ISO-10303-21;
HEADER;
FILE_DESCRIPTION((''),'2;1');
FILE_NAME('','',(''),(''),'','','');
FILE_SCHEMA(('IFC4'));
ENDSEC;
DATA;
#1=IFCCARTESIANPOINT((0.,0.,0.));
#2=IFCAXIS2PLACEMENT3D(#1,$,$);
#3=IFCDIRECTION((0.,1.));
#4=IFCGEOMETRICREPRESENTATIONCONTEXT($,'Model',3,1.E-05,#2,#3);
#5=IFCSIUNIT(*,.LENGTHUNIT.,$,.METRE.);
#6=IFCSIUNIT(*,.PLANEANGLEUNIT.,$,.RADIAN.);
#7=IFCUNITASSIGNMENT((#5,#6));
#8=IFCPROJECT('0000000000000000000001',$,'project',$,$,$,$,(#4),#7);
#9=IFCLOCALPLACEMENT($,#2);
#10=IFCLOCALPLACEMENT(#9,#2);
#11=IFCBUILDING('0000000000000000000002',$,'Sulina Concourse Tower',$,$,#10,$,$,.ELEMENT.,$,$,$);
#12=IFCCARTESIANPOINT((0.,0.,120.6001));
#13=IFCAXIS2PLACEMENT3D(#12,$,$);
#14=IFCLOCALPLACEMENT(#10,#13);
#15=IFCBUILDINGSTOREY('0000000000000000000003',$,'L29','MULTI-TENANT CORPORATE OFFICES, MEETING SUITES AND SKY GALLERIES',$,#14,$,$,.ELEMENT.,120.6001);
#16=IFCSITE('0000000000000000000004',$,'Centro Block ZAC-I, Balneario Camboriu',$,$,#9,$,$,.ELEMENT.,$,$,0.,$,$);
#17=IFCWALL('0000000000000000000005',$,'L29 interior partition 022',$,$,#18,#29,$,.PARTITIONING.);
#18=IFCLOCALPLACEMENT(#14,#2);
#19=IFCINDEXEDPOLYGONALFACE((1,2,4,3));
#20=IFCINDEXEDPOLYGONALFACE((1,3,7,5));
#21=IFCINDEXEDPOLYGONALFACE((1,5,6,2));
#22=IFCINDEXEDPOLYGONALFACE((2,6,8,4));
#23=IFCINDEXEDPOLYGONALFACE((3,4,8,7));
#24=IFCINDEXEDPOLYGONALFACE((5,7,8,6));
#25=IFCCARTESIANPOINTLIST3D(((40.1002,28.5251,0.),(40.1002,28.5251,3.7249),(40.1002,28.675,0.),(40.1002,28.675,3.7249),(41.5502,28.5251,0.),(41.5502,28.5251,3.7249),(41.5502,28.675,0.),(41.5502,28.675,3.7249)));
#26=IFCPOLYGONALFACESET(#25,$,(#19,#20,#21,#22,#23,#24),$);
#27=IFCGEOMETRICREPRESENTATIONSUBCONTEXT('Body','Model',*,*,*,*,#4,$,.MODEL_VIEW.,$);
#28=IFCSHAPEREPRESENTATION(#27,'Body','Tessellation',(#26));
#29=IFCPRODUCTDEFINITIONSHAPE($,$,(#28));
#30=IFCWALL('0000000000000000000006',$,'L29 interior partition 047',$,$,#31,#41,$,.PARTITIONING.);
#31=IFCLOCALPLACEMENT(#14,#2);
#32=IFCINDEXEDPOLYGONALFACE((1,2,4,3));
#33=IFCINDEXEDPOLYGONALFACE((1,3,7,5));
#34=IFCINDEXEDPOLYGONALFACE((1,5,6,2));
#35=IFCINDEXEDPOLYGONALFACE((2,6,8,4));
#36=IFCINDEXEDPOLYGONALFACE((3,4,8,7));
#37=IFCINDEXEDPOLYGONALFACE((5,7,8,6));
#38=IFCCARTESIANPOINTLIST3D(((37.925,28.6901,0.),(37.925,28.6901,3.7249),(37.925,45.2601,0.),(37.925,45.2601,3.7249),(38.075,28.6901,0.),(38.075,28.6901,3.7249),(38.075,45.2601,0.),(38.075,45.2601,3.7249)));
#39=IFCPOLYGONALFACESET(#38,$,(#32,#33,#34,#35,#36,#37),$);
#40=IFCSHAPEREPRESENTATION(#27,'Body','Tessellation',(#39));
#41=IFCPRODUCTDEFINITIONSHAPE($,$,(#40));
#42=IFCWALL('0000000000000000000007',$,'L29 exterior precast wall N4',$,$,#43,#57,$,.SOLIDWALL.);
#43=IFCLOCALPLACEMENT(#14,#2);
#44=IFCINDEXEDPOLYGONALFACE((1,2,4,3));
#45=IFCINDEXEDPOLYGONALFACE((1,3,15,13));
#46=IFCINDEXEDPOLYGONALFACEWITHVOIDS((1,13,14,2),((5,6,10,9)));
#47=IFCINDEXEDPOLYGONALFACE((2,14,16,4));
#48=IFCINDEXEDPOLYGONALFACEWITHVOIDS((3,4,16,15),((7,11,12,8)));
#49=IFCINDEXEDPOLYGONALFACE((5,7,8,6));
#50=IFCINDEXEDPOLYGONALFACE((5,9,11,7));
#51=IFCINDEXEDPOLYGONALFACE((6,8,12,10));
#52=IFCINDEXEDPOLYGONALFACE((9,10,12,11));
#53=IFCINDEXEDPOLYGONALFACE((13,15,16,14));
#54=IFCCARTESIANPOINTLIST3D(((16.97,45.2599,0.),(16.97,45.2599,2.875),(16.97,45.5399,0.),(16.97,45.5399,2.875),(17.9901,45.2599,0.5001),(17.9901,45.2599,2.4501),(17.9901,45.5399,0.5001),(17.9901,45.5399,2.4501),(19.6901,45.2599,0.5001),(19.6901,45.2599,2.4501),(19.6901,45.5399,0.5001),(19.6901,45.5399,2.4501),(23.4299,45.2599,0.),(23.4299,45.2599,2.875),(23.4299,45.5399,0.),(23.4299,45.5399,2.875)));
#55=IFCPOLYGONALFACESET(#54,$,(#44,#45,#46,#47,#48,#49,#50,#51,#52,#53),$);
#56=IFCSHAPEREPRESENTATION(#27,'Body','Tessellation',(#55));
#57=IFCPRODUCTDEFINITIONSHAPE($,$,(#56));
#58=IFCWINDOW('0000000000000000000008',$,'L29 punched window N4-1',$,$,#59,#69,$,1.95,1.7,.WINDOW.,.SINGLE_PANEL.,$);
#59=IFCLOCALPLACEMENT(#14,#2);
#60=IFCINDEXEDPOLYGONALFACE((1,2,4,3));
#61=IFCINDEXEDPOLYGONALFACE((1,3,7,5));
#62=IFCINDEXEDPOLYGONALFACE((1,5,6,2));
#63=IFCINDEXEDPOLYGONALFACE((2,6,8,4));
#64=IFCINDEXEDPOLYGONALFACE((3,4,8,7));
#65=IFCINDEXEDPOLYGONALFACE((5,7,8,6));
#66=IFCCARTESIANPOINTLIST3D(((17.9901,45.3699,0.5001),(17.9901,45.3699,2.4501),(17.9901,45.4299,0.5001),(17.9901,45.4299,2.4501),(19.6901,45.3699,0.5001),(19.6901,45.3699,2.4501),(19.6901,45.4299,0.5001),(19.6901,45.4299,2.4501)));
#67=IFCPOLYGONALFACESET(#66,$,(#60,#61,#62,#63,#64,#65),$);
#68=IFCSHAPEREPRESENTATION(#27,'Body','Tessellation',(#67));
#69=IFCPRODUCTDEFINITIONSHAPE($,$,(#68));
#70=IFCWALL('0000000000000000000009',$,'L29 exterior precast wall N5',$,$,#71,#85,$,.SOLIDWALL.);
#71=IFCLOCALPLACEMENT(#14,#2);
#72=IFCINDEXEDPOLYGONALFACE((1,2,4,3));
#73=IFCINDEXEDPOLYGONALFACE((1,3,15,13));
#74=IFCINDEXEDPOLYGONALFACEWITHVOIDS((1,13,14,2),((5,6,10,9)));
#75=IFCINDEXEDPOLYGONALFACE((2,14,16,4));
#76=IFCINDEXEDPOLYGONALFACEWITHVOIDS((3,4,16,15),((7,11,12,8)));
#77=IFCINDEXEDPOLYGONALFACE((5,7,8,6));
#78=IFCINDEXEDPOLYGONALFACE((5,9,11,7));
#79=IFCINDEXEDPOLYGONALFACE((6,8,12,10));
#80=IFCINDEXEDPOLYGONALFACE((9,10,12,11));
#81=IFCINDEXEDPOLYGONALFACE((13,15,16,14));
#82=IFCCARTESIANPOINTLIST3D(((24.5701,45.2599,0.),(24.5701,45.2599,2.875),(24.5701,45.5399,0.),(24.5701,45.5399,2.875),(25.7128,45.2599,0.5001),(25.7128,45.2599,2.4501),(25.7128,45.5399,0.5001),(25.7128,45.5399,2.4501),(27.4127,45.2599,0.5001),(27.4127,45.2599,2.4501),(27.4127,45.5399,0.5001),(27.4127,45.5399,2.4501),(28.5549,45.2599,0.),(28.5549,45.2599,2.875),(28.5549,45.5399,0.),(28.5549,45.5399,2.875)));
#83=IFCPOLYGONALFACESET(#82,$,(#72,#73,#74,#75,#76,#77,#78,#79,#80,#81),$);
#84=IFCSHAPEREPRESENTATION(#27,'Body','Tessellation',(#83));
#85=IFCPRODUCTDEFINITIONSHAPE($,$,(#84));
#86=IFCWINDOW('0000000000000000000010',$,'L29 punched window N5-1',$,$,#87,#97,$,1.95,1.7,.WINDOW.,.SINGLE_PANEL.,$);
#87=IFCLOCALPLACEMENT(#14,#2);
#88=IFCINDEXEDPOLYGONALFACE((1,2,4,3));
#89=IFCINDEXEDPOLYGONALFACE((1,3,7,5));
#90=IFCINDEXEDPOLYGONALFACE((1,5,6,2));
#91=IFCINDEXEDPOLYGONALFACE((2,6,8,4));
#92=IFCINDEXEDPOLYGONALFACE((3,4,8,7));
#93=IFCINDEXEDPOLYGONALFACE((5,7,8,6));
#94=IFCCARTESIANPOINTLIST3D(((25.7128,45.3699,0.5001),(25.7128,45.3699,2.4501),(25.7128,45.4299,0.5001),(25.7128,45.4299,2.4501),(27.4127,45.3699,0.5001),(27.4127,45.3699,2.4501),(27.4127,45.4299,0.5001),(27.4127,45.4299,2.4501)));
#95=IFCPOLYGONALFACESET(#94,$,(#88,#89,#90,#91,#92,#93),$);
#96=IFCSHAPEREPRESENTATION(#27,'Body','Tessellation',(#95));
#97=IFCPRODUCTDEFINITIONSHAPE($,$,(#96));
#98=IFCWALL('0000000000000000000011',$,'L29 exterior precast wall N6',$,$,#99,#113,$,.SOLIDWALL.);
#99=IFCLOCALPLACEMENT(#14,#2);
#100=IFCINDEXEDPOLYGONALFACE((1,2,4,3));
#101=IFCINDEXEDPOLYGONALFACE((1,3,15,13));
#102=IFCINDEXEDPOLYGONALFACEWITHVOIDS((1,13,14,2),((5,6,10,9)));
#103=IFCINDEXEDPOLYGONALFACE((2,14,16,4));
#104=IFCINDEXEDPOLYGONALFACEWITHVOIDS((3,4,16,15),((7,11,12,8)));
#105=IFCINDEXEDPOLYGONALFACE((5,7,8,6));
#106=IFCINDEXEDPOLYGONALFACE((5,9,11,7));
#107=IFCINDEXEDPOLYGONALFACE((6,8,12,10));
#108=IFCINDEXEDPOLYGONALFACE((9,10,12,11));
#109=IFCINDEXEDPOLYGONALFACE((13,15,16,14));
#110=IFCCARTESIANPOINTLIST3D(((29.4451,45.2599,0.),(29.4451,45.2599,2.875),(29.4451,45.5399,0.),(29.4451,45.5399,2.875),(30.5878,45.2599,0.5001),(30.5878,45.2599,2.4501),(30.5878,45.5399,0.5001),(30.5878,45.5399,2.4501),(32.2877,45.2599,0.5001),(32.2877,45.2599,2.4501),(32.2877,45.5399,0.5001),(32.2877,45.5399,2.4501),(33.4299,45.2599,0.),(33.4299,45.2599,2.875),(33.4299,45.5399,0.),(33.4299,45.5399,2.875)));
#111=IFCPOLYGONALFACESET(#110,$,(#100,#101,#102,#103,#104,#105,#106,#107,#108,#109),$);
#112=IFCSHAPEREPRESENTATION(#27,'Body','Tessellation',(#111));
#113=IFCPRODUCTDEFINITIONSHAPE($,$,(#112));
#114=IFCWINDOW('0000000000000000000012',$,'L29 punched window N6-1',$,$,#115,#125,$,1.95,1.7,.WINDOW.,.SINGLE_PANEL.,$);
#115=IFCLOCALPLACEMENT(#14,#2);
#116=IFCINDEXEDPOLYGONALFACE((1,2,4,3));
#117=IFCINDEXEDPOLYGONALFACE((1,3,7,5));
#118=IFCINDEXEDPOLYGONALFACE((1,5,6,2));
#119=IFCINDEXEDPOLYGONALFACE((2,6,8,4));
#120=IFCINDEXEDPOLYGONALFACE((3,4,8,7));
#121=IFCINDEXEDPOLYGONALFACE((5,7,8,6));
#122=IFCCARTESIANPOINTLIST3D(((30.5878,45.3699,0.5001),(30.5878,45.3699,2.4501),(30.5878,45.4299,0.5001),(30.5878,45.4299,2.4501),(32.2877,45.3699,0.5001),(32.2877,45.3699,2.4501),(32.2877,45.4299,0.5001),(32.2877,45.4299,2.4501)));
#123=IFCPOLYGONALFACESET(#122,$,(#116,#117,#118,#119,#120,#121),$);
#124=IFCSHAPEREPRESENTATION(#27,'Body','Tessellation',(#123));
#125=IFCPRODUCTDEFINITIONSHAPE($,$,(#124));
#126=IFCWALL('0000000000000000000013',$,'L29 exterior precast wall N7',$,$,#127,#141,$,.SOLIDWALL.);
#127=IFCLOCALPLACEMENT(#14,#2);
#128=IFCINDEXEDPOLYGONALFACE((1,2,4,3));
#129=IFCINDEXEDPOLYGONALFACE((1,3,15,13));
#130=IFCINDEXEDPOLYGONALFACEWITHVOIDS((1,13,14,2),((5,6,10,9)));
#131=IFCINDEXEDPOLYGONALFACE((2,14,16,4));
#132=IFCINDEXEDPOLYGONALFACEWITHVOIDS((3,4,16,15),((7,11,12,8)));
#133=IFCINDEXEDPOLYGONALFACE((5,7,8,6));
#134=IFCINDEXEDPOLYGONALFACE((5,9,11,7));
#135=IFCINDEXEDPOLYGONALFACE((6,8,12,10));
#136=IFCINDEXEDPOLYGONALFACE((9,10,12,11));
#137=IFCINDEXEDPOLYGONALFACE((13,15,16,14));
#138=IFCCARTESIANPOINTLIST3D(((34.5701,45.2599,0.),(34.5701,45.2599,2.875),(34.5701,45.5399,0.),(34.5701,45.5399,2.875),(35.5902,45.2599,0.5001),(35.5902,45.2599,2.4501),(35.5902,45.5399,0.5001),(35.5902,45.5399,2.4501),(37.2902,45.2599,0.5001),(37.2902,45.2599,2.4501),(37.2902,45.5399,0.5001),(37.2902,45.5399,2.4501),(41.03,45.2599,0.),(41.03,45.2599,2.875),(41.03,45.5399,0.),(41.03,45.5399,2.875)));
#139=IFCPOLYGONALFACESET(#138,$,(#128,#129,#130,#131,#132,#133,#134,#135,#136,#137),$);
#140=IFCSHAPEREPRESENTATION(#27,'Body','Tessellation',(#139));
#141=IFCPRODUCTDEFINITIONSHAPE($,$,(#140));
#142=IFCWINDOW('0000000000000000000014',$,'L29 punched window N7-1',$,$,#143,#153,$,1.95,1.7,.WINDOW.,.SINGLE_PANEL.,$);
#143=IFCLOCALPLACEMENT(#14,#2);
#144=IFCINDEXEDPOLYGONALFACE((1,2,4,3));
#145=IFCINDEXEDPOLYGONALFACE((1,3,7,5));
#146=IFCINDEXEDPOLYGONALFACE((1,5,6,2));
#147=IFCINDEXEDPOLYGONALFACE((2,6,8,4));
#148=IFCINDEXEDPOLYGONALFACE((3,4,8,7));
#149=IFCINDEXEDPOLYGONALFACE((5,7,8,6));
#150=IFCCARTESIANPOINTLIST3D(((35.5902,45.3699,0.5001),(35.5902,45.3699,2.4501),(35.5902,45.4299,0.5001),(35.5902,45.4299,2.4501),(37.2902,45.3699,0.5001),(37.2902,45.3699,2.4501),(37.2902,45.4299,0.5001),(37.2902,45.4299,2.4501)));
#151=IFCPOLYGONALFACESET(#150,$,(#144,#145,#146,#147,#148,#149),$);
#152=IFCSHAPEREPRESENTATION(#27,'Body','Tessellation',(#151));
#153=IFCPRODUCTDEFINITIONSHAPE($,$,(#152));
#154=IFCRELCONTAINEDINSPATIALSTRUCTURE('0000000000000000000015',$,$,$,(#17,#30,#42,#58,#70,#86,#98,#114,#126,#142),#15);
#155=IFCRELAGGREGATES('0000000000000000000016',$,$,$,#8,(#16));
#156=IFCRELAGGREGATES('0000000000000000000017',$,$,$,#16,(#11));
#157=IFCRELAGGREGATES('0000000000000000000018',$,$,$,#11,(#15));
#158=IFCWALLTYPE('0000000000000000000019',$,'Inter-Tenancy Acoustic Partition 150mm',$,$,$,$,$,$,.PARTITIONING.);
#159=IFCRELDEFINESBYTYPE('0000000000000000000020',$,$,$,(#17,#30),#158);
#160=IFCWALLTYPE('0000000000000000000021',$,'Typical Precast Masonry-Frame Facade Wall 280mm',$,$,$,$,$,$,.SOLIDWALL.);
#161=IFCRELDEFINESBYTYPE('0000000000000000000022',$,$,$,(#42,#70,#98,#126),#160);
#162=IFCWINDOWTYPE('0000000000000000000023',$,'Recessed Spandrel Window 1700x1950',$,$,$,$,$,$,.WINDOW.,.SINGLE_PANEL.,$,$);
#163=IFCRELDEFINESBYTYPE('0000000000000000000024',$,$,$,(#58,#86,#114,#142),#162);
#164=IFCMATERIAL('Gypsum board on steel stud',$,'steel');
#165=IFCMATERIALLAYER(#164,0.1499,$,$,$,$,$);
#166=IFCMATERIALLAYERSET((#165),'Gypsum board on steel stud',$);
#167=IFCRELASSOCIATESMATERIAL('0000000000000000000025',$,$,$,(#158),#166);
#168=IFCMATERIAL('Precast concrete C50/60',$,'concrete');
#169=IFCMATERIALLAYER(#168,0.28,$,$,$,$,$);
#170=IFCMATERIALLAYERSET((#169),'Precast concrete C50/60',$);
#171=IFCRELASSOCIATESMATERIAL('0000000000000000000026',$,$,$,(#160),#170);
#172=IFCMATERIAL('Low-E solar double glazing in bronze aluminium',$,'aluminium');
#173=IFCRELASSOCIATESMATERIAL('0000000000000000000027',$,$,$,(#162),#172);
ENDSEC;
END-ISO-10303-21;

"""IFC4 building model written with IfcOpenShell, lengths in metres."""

from ifc_helpers import new_model, si_unit, direction, frame, frame_2d, origin, place, context, subcontext, project, spatial, rectangle, extrude, material, layer, layer_set, type_object, element, fill, save


model = new_model("IFC4")

# Units and contexts
model_context = context("Model", 3, precision=1e-05, world=origin(), true_north=direction((0.0, 1.0)))
body_context = subcontext(model_context, "Body", "Model", "MODEL_VIEW")
ifc_project = project(units=[si_unit("LENGTHUNIT", "METRE"), si_unit("PLANEANGLEUNIT", "RADIAN")], contexts=[model_context])

# Site, building, storey
site_placement = place(None, origin())
site = spatial("IfcSite", under=ifc_project, at=site_placement, Name="Centro Block ZAC-I, Balneario Camboriu", CompositionType="ELEMENT", RefElevation=0.0)
building_placement = place(site_placement, origin())
building = spatial("IfcBuilding", under=site, at=building_placement, Name="Sulina Concourse Tower", CompositionType="ELEMENT")
storey_placement = place(building_placement, frame((0.0, 0.0, 120.6001)))
storey = spatial("IfcBuildingStorey", under=building, at=storey_placement, Name="L29", Description="MULTI-TENANT CORPORATE OFFICES, MEETING SUITES AND SKY GALLERIES", CompositionType="ELEMENT", Elevation=120.6001)

# Walls
ifc_material_1 = material(Name="Gypsum board on steel stud", Category="steel")
ifc_layer_1 = layer(ifc_material_1, 0.1499)
ifc_layer_set_1 = layer_set([ifc_layer_1], Name="Gypsum board on steel stud")
wall_type_1 = type_object("IfcWallType", Name="Inter-Tenancy Acoustic Partition 150mm", PredefinedType="PARTITIONING", material=ifc_layer_set_1)
wall_1_placement = place(storey_placement, frame((40.1001, 28.6001, 0.0), z_axis=(0.0, 0.0, 1.0), x_axis=(1.0, 0.0, 0.0)))
element("IfcWall", 1, at=wall_1_placement, inside=storey, type_object=wall_type_1, Name="L29 interior partition 022", PredefinedType="PARTITIONING", context=body_context, shape_type="SweptSolid", body=[
    extrude(rectangle(XDim=1.45, YDim=0.1499, at=frame_2d((0.7251, 0.0))), origin(), (0.0, 0.0, 1.0), 3.7249),
])
wall_2_placement = place(storey_placement, frame((38.0, 28.6899, 0.0), z_axis=(0.0, 0.0, 1.0), x_axis=(0.0, 1.0, 0.0)))
element("IfcWall", 2, at=wall_2_placement, inside=storey, type_object=wall_type_1, Name="L29 interior partition 047", PredefinedType="PARTITIONING", context=body_context, shape_type="SweptSolid", body=[
    extrude(rectangle(XDim=16.5701, YDim=0.1499, at=frame_2d((8.2852, 0.0))), origin(), (0.0, 0.0, 1.0), 3.7249),
])

# Walls, openings, windows
ifc_material_2 = material(Name="Precast concrete C50/60", Category="concrete")
ifc_layer_2 = layer(ifc_material_2, 0.28)
ifc_layer_set_2 = layer_set([ifc_layer_2], Name="Precast concrete C50/60")
wall_type_2 = type_object("IfcWallType", Name="Typical Precast Masonry-Frame Facade Wall 280mm", PredefinedType="SOLIDWALL", material=ifc_layer_set_2)
wall_3_placement = place(storey_placement, frame((16.97, 45.3999, 0.0), z_axis=(0.0, 0.0, 1.0), x_axis=(1.0, 0.0, 0.0)))
wall_3 = element("IfcWall", 3, at=wall_3_placement, inside=storey, type_object=wall_type_2, Name="L29 exterior precast wall N4", PredefinedType="SOLIDWALL", context=body_context, shape_type="SweptSolid", body=[
    extrude(rectangle(XDim=6.46, YDim=0.28, at=frame_2d((3.23, 0.0))), origin(), (0.0, 0.0, 1.0), 2.875),
])
opening_1_placement = place(wall_3_placement, frame((1.02, 0.0, 0.5)))
opening_1 = element("IfcOpeningElement", 4, at=opening_1_placement, cuts=wall_3, PredefinedType="OPENING", context=body_context, shape_type="SweptSolid", body=[
    extrude(rectangle(XDim=1.7, YDim=1.95, at=frame_2d((0.8501, 0.9751))), frame((0.0, 0.1499, 0.0), z_axis=(0.0, -1.0, 0.0), x_axis=(1.0, 0.0, 0.0)), (0.0, 0.0, 1.0), 0.3),
])
ifc_material_3 = material(Name="Low-E solar double glazing in bronze aluminium", Category="aluminium")
window_type = type_object("IfcWindowType", Name="Recessed Spandrel Window 1700x1950", PartitioningType="SINGLE_PANEL", PredefinedType="WINDOW", material=ifc_material_3)
window_1_placement = place(opening_1_placement, origin())
window_1 = element("IfcWindow", 5, at=window_1_placement, inside=storey, type_object=window_type, Name="L29 punched window N4-1", OverallHeight=1.95, OverallWidth=1.7, PartitioningType="SINGLE_PANEL", PredefinedType="WINDOW", context=body_context, shape_type="SweptSolid", body=[
    extrude(rectangle(XDim=1.7, YDim=1.95, at=frame_2d((0.8501, 0.9751))), frame((0.0, 0.03, 0.0), z_axis=(0.0, -1.0, 0.0), x_axis=(1.0, 0.0, 0.0)), (0.0, 0.0, 1.0), 0.0601),
])
fill(opening_1, window_1)
wall_4_placement = place(storey_placement, frame((24.5701, 45.3999, 0.0), z_axis=(0.0, 0.0, 1.0), x_axis=(1.0, 0.0, 0.0)))
wall_4 = element("IfcWall", 6, at=wall_4_placement, inside=storey, type_object=wall_type_2, Name="L29 exterior precast wall N5", PredefinedType="SOLIDWALL", context=body_context, shape_type="SweptSolid", body=[
    extrude(rectangle(XDim=3.9849, YDim=0.28, at=frame_2d((1.9924, 0.0))), origin(), (0.0, 0.0, 1.0), 2.875),
])
opening_2_placement = place(wall_4_placement, frame((1.1426, 0.0, 0.5)))
opening_2 = element("IfcOpeningElement", 7, at=opening_2_placement, cuts=wall_4, PredefinedType="OPENING", context=body_context, shape_type="SweptSolid", body=[
    extrude(rectangle(XDim=1.7, YDim=1.95, at=frame_2d((0.8501, 0.9751))), frame((0.0, 0.1499, 0.0), z_axis=(0.0, -1.0, 0.0), x_axis=(1.0, 0.0, 0.0)), (0.0, 0.0, 1.0), 0.3),
])
window_2_placement = place(opening_2_placement, origin())
window_2 = element("IfcWindow", 8, at=window_2_placement, inside=storey, type_object=window_type, Name="L29 punched window N5-1", OverallHeight=1.95, OverallWidth=1.7, PartitioningType="SINGLE_PANEL", PredefinedType="WINDOW", context=body_context, shape_type="SweptSolid", body=[
    extrude(rectangle(XDim=1.7, YDim=1.95, at=frame_2d((0.8501, 0.9751))), frame((0.0, 0.03, 0.0), z_axis=(0.0, -1.0, 0.0), x_axis=(1.0, 0.0, 0.0)), (0.0, 0.0, 1.0), 0.0601),
])
fill(opening_2, window_2)
wall_5_placement = place(storey_placement, frame((29.4451, 45.3999, 0.0), z_axis=(0.0, 0.0, 1.0), x_axis=(1.0, 0.0, 0.0)))
wall_5 = element("IfcWall", 9, at=wall_5_placement, inside=storey, type_object=wall_type_2, Name="L29 exterior precast wall N6", PredefinedType="SOLIDWALL", context=body_context, shape_type="SweptSolid", body=[
    extrude(rectangle(XDim=3.9849, YDim=0.28, at=frame_2d((1.9924, 0.0))), origin(), (0.0, 0.0, 1.0), 2.875),
])
opening_3_placement = place(wall_5_placement, frame((1.1426, 0.0, 0.5)))
opening_3 = element("IfcOpeningElement", 10, at=opening_3_placement, cuts=wall_5, PredefinedType="OPENING", context=body_context, shape_type="SweptSolid", body=[
    extrude(rectangle(XDim=1.7, YDim=1.95, at=frame_2d((0.8501, 0.9751))), frame((0.0, 0.1499, 0.0), z_axis=(0.0, -1.0, 0.0), x_axis=(1.0, 0.0, 0.0)), (0.0, 0.0, 1.0), 0.3),
])
window_3_placement = place(opening_3_placement, origin())
window_3 = element("IfcWindow", 11, at=window_3_placement, inside=storey, type_object=window_type, Name="L29 punched window N6-1", OverallHeight=1.95, OverallWidth=1.7, PartitioningType="SINGLE_PANEL", PredefinedType="WINDOW", context=body_context, shape_type="SweptSolid", body=[
    extrude(rectangle(XDim=1.7, YDim=1.95, at=frame_2d((0.8501, 0.9751))), frame((0.0, 0.03, 0.0), z_axis=(0.0, -1.0, 0.0), x_axis=(1.0, 0.0, 0.0)), (0.0, 0.0, 1.0), 0.0601),
])
fill(opening_3, window_3)
wall_6_placement = place(storey_placement, frame((34.5701, 45.3999, 0.0), z_axis=(0.0, 0.0, 1.0), x_axis=(1.0, 0.0, 0.0)))
wall_6 = element("IfcWall", 12, at=wall_6_placement, inside=storey, type_object=wall_type_2, Name="L29 exterior precast wall N7", PredefinedType="SOLIDWALL", context=body_context, shape_type="SweptSolid", body=[
    extrude(rectangle(XDim=6.46, YDim=0.28, at=frame_2d((3.23, 0.0))), origin(), (0.0, 0.0, 1.0), 2.875),
])
opening_4_placement = place(wall_6_placement, frame((1.02, 0.0, 0.5)))
opening_4 = element("IfcOpeningElement", 13, at=opening_4_placement, cuts=wall_6, PredefinedType="OPENING", context=body_context, shape_type="SweptSolid", body=[
    extrude(rectangle(XDim=1.7, YDim=1.95, at=frame_2d((0.8501, 0.9751))), frame((0.0, 0.1499, 0.0), z_axis=(0.0, -1.0, 0.0), x_axis=(1.0, 0.0, 0.0)), (0.0, 0.0, 1.0), 0.3),
])
window_4_placement = place(opening_4_placement, origin())
window_4 = element("IfcWindow", 14, at=window_4_placement, inside=storey, type_object=window_type, Name="L29 punched window N7-1", OverallHeight=1.95, OverallWidth=1.7, PartitioningType="SINGLE_PANEL", PredefinedType="WINDOW", context=body_context, shape_type="SweptSolid", body=[
    extrude(rectangle(XDim=1.7, YDim=1.95, at=frame_2d((0.8501, 0.9751))), frame((0.0, 0.03, 0.0), z_axis=(0.0, -1.0, 0.0), x_axis=(1.0, 0.0, 0.0)), (0.0, 0.0, 1.0), 0.0601),
])
fill(opening_4, window_4)

save(model, "model.ifc")
